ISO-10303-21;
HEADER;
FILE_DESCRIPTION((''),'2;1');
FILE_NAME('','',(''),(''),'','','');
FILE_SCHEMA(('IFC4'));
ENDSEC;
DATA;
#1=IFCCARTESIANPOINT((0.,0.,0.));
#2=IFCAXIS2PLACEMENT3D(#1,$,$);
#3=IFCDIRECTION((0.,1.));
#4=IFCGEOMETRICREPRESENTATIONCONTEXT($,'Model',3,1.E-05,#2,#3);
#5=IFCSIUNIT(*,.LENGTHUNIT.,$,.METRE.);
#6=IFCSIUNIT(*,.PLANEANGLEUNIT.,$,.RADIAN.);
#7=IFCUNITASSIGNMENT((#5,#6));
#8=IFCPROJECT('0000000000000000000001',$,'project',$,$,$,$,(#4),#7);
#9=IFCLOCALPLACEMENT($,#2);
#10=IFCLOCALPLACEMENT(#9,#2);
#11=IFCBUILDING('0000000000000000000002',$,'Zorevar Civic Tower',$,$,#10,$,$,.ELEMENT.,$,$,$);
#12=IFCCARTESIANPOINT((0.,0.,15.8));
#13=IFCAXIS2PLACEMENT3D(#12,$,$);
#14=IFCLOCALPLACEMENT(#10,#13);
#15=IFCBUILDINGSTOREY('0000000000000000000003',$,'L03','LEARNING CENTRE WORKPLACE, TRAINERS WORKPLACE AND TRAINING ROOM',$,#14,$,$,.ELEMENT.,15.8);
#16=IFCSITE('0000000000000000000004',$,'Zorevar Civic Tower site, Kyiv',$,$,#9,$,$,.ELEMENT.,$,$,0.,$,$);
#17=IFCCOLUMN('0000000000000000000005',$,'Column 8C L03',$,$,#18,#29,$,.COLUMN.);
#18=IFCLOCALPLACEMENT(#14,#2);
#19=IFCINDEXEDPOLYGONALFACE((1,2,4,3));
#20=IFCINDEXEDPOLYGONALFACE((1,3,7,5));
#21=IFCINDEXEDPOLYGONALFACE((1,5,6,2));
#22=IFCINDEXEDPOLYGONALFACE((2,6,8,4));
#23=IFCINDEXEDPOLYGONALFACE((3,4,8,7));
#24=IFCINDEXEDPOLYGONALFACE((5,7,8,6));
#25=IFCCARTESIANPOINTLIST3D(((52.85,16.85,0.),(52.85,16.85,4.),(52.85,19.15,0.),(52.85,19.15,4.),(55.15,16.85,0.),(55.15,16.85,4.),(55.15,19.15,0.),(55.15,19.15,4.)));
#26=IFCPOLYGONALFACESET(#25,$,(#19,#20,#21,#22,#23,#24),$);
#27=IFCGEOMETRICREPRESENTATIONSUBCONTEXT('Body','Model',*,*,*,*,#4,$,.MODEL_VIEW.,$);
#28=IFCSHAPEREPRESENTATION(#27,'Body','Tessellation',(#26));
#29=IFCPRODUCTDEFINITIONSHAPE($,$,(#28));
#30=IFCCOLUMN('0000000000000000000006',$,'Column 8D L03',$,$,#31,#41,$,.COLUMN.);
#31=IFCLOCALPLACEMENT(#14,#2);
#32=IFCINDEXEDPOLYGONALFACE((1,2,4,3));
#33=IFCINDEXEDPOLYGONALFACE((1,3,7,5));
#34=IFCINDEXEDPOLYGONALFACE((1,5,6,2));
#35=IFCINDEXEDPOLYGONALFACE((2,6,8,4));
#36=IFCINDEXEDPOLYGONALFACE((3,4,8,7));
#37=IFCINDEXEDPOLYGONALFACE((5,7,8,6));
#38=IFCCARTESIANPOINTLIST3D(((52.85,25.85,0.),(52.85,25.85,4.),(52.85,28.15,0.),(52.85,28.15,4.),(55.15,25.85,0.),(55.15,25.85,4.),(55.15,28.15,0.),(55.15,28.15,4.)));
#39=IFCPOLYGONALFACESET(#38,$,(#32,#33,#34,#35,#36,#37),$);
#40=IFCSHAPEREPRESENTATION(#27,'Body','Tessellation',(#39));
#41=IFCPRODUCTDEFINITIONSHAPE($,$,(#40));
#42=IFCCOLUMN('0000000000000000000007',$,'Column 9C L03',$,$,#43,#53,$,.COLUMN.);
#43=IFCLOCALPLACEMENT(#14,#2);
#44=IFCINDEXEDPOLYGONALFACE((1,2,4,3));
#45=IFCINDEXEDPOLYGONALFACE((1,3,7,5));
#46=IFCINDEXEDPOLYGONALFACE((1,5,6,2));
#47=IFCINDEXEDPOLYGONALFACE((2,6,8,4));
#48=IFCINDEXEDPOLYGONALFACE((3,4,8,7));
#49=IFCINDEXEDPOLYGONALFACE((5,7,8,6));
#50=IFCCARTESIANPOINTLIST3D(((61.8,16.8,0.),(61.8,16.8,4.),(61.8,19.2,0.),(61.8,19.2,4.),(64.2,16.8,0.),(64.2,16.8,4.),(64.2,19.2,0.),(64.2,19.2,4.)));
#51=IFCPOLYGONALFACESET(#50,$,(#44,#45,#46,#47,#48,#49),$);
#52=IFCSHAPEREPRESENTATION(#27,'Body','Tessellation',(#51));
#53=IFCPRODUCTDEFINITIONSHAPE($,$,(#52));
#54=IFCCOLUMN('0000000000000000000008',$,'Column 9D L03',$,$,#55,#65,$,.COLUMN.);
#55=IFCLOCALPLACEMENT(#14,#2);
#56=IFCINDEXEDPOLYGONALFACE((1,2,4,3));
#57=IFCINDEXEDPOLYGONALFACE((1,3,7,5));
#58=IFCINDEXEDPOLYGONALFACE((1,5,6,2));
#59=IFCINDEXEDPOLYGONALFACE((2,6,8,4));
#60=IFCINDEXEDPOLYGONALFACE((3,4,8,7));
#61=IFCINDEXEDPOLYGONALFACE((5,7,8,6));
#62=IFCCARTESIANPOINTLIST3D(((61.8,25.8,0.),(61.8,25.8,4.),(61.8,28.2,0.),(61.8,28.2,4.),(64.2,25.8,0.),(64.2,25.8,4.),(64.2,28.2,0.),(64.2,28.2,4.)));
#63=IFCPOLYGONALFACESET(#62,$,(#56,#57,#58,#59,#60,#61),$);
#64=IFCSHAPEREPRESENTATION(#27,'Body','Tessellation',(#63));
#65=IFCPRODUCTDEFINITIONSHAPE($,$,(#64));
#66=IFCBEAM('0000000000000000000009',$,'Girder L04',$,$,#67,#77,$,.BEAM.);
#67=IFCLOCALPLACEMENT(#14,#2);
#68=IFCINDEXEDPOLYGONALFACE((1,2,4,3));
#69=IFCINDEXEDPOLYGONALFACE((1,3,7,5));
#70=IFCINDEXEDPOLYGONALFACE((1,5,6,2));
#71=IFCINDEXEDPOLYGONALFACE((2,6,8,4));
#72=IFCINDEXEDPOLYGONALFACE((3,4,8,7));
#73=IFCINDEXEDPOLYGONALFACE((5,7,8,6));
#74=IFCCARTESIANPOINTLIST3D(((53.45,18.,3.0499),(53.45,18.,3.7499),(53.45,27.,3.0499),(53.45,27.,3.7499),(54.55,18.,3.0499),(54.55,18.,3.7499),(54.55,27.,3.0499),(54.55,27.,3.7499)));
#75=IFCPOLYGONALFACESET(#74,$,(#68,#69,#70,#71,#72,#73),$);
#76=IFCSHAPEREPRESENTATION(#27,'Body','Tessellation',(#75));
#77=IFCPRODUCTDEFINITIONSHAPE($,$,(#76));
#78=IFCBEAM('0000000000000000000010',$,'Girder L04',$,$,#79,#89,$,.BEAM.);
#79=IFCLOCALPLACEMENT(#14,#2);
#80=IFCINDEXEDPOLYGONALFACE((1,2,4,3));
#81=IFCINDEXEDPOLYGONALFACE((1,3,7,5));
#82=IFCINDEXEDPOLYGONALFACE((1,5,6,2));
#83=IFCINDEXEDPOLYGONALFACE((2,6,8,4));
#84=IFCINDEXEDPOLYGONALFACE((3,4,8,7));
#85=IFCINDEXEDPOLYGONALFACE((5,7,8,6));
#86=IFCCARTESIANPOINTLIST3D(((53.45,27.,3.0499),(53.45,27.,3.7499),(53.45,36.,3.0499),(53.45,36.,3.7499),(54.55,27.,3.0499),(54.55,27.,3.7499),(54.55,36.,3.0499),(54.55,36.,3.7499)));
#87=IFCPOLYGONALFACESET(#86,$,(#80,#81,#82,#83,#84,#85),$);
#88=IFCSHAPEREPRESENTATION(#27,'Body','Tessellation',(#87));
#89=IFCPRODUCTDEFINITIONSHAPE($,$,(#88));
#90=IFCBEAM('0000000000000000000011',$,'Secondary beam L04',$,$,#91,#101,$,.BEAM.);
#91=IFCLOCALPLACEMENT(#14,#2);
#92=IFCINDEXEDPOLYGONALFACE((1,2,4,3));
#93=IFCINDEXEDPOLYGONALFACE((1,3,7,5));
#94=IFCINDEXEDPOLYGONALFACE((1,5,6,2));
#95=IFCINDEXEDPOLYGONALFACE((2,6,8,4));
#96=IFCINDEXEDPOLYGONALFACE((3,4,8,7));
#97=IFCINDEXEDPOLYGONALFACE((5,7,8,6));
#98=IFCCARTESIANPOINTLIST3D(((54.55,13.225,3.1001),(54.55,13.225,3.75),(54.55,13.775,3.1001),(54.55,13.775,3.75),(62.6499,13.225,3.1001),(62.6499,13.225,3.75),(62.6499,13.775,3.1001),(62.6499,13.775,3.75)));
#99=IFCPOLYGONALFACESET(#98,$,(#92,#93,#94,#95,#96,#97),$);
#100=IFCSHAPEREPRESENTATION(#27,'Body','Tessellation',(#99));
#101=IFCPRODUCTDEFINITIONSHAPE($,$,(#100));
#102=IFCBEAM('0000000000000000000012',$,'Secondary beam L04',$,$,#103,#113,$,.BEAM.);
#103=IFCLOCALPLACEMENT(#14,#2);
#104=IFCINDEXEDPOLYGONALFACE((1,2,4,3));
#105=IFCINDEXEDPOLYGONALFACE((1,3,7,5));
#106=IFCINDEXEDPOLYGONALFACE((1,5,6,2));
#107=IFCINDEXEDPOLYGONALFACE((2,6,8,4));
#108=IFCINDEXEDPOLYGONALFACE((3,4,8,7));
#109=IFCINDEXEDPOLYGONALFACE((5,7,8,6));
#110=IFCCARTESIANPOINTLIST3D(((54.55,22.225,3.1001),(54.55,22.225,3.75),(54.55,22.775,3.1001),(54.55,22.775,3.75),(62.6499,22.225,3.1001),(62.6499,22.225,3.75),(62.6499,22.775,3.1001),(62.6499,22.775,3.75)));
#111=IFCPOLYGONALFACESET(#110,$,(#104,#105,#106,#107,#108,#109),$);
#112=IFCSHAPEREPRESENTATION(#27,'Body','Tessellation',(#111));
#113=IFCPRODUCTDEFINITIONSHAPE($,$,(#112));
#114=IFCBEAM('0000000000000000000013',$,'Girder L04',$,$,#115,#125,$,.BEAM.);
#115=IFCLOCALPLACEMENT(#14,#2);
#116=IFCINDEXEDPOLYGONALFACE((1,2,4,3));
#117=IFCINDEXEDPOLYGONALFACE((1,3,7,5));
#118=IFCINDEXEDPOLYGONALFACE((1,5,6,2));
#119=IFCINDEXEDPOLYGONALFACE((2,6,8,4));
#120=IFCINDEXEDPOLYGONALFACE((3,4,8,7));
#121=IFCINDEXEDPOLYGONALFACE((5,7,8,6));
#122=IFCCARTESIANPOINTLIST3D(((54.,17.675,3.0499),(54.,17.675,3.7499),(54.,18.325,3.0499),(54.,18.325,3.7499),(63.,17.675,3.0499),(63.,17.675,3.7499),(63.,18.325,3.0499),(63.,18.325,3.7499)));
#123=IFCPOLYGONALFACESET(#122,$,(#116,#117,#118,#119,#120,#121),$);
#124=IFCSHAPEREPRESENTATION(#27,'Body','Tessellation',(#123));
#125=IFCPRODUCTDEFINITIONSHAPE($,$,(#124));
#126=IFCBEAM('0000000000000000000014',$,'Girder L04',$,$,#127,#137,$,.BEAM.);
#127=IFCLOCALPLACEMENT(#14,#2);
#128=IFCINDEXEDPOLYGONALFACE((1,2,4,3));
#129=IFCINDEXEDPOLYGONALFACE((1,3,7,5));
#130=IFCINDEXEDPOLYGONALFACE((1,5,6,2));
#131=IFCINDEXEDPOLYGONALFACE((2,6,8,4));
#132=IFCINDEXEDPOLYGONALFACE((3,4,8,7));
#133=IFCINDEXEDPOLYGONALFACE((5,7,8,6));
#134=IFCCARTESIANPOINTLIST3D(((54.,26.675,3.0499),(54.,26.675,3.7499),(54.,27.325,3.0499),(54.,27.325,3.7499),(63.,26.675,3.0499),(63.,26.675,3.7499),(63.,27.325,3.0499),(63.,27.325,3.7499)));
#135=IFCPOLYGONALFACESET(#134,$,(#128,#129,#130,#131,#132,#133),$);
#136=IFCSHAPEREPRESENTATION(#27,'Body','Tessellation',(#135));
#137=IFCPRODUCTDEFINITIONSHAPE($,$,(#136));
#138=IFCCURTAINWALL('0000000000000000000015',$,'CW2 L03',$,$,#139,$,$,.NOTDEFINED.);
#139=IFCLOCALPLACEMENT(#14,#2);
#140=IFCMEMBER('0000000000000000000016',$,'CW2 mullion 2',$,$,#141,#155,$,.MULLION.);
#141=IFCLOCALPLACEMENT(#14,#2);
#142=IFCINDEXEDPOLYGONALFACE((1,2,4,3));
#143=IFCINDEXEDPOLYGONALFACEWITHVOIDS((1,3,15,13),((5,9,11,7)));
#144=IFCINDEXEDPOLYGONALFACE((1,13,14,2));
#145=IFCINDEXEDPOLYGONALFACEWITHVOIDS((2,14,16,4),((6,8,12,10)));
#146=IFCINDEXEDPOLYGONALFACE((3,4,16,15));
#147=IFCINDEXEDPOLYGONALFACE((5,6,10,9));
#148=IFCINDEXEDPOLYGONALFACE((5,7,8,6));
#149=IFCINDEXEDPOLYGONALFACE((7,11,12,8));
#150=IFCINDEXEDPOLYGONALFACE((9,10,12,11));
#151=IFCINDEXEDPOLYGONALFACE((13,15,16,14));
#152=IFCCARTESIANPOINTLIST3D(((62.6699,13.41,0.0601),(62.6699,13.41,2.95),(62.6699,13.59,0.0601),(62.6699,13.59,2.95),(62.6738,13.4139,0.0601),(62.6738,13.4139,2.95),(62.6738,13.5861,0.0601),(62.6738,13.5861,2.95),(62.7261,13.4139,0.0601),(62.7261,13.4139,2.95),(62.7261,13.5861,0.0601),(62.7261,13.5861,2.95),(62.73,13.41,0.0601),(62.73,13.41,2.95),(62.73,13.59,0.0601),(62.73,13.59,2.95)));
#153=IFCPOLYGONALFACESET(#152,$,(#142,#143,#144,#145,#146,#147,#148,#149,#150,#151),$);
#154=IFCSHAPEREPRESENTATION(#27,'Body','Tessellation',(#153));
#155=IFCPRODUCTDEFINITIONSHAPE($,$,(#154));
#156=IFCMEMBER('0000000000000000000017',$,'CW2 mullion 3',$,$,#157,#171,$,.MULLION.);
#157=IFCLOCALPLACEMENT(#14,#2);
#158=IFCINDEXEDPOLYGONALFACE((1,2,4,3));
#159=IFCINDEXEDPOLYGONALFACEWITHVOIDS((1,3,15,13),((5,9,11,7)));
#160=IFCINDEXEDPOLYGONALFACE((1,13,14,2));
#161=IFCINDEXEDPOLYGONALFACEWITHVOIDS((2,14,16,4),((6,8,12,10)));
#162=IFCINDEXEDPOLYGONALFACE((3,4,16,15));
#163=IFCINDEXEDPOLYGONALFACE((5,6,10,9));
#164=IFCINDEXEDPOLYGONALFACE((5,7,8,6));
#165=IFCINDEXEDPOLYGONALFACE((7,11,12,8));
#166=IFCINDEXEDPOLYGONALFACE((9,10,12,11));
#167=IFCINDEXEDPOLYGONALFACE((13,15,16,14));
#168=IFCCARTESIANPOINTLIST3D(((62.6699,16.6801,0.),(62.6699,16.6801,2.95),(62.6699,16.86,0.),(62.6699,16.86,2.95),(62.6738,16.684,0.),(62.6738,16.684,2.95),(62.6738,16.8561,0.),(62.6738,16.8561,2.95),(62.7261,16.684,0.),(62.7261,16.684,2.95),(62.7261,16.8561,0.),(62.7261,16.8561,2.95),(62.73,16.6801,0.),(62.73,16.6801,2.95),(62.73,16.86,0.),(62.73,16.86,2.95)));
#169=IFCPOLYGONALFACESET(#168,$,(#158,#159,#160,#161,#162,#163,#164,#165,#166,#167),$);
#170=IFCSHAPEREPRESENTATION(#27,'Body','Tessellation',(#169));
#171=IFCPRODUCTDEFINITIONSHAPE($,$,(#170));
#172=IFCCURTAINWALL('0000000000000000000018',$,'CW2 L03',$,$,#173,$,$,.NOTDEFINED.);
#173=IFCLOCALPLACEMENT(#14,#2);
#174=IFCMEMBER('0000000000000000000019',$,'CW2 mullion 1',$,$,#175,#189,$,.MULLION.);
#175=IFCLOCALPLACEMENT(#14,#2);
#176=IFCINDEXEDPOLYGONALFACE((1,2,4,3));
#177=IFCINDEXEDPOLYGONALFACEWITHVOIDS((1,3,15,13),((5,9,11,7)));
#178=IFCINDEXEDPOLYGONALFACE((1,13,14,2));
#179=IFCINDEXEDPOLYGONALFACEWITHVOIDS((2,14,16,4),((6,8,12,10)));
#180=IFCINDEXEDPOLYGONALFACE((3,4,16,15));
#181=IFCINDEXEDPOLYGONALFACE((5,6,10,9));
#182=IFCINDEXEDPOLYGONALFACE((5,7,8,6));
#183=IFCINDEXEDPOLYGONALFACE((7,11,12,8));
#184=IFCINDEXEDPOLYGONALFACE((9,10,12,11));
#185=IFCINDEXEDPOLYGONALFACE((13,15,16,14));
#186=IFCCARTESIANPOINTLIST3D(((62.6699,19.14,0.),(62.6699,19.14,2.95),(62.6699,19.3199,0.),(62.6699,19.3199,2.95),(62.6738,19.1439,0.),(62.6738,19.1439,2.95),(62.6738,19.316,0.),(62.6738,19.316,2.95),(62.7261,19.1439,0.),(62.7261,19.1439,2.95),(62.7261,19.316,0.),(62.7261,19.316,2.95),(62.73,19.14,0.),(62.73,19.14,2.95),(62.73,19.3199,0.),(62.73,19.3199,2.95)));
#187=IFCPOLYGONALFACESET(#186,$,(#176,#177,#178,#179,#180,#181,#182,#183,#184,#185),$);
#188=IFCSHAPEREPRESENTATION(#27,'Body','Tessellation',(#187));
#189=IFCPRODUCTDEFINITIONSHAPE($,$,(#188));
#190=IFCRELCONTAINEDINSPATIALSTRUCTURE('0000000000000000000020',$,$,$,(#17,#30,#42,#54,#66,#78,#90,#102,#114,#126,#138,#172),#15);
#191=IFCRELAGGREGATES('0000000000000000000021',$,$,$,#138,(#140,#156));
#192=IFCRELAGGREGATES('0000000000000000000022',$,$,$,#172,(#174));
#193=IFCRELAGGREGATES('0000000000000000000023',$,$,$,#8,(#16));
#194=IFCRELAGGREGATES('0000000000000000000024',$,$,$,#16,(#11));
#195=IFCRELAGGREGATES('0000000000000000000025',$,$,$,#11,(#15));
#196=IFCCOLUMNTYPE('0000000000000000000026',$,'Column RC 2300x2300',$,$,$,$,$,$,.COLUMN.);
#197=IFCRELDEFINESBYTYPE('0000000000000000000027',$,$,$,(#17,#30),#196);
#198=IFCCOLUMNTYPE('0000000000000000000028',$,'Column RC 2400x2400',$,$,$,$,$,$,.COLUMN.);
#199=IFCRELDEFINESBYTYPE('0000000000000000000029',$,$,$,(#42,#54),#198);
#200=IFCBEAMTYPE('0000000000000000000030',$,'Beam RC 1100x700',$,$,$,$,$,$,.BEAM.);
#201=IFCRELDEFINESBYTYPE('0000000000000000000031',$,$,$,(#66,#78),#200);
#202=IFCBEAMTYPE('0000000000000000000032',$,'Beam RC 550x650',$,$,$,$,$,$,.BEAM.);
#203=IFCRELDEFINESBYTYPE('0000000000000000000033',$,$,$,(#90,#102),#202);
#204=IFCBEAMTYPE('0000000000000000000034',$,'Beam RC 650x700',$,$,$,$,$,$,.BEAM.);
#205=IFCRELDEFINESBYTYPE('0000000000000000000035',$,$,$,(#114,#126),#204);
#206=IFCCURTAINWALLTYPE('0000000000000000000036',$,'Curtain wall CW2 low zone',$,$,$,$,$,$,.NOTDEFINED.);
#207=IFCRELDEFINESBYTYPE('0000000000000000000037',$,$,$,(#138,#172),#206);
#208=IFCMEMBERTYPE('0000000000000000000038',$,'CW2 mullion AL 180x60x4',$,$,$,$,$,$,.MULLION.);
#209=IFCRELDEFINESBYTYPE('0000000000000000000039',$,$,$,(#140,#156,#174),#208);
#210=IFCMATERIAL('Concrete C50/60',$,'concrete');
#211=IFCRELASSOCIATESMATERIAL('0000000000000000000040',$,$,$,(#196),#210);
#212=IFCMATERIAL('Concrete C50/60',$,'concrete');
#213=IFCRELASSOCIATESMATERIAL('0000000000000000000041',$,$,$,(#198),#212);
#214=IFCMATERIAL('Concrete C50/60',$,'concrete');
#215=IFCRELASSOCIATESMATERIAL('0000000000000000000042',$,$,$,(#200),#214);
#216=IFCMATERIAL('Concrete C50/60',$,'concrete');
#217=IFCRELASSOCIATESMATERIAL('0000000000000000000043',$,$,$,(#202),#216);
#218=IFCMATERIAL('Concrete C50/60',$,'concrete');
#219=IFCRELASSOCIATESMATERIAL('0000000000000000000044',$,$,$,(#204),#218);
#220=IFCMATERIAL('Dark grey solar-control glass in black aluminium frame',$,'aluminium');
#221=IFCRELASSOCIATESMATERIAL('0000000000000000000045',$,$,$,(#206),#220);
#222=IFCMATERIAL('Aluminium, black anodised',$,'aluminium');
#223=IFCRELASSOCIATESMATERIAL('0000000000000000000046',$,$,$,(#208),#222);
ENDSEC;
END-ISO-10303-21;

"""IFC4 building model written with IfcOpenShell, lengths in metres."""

from ifc_helpers import new_model, si_unit, direction, frame, origin, origin_2d, place, context, subcontext, project, spatial, rectangle, hollow_rectangle, extrude, material, material_profile, profile_set, type_object, element, aggregate, save


model = new_model("IFC4")

# Units and contexts
model_context = context("Model", 3, precision=1e-05, world=origin(), true_north=direction((0.0, 1.0)))
body_context = subcontext(model_context, "Body", "Model", "MODEL_VIEW")
ifc_project = project(units=[si_unit("LENGTHUNIT", "METRE"), si_unit("PLANEANGLEUNIT", "RADIAN")], contexts=[model_context])

# Site, building, storey
site_placement = place(None, origin())
site = spatial("IfcSite", under=ifc_project, at=site_placement, Name="Zorevar Civic Tower site, Kyiv", CompositionType="ELEMENT", RefElevation=0.0)
building_placement = place(site_placement, origin())
building = spatial("IfcBuilding", under=site, at=building_placement, Name="Zorevar Civic Tower", CompositionType="ELEMENT")
storey_placement = place(building_placement, frame((0.0, 0.0, 15.8)))
storey = spatial("IfcBuildingStorey", under=building, at=storey_placement, Name="L03", Description="LEARNING CENTRE WORKPLACE, TRAINERS WORKPLACE AND TRAINING ROOM", CompositionType="ELEMENT", Elevation=15.8)

# Columns
ifc_material_1 = material(Name="Concrete C50/60", Category="concrete")
ifc_material_profile_1 = material_profile(ifc_material_1, rectangle(XDim=2.3, YDim=2.3, at=origin_2d()), Name="RC 2300x2300")
ifc_profile_set_1 = profile_set([ifc_material_profile_1], Name="Concrete C50/60")
column_type_1 = type_object("IfcColumnType", Name="Column RC 2300x2300", PredefinedType="COLUMN", material=ifc_profile_set_1)
for number, where, z_axis, x_axis, name in (
    (1, (54.0, 18.0, 0.0), (0.0, 0.0, 1.0), (1.0, 0.0, 0.0), "Column 8C L03"),
    (2, (54.0, 27.0, 0.0), (0.0, 0.0, 1.0), (1.0, 0.0, 0.0), "Column 8D L03"),
):
    element("IfcColumn", number, at=place(storey_placement, frame(where, z_axis=z_axis, x_axis=x_axis)), inside=storey, type_object=column_type_1, Name=name, PredefinedType="COLUMN", context=body_context, shape_type="SweptSolid", body=[
        extrude(rectangle(XDim=2.3, YDim=2.3, at=origin_2d()), origin(), (0.0, 0.0, 1.0), 4.0),
    ])
ifc_material_2 = material(Name="Concrete C50/60", Category="concrete")
ifc_material_profile_2 = material_profile(ifc_material_2, rectangle(XDim=2.3999, YDim=2.3999, at=origin_2d()), Name="RC 2400x2400")
ifc_profile_set_2 = profile_set([ifc_material_profile_2], Name="Concrete C50/60")
column_type_2 = type_object("IfcColumnType", Name="Column RC 2400x2400", PredefinedType="COLUMN", material=ifc_profile_set_2)
for number, where, z_axis, x_axis, name in (
    (3, (63.0, 18.0, 0.0), (0.0, 0.0, 1.0), (1.0, 0.0, 0.0), "Column 9C L03"),
    (4, (63.0, 27.0, 0.0), (0.0, 0.0, 1.0), (1.0, 0.0, 0.0), "Column 9D L03"),
):
    element("IfcColumn", number, at=place(storey_placement, frame(where, z_axis=z_axis, x_axis=x_axis)), inside=storey, type_object=column_type_2, Name=name, PredefinedType="COLUMN", context=body_context, shape_type="SweptSolid", body=[
        extrude(rectangle(XDim=2.3999, YDim=2.3999, at=origin_2d()), origin(), (0.0, 0.0, 1.0), 4.0),
    ])

# Beams
ifc_material_3 = material(Name="Concrete C50/60", Category="concrete")
ifc_material_profile_3 = material_profile(ifc_material_3, rectangle(XDim=1.1001, YDim=0.7, at=origin_2d()), Name="RC 1100x700")
ifc_profile_set_3 = profile_set([ifc_material_profile_3], Name="Concrete C50/60")
beam_type_1 = type_object("IfcBeamType", Name="Beam RC 1100x700", PredefinedType="BEAM", material=ifc_profile_set_3)
for number, where, z_axis, x_axis, name in (
    (5, (54.0, 18.0, 3.3999), (0.0, 1.0, 0.0), (-1.0, 0.0, 0.0), "Girder L04"),
    (6, (54.0, 27.0, 3.3999), (0.0, 1.0, 0.0), (-1.0, 0.0, 0.0), "Girder L04"),
):
    element("IfcBeam", number, at=place(storey_placement, frame(where, z_axis=z_axis, x_axis=x_axis)), inside=storey, type_object=beam_type_1, Name=name, PredefinedType="BEAM", context=body_context, shape_type="SweptSolid", body=[
        extrude(rectangle(XDim=1.1001, YDim=0.7, at=origin_2d()), origin(), (0.0, 0.0, 1.0), 9.0),
    ])
ifc_material_4 = material(Name="Concrete C50/60", Category="concrete")
ifc_material_profile_4 = material_profile(ifc_material_4, rectangle(XDim=0.55, YDim=0.6499, at=origin_2d()), Name="RC 550x650")
ifc_profile_set_4 = profile_set([ifc_material_profile_4], Name="Concrete C50/60")
beam_type_2 = type_object("IfcBeamType", Name="Beam RC 550x650", PredefinedType="BEAM", material=ifc_profile_set_4)
for number, where, z_axis, x_axis, name in (
    (7, (54.55, 13.5, 3.425), (1.0, 0.0, 0.0), (0.0, 1.0, 0.0), "Secondary beam L04"),
    (8, (54.55, 22.5, 3.425), (1.0, 0.0, 0.0), (0.0, 1.0, 0.0), "Secondary beam L04"),
):
    element("IfcBeam", number, at=place(storey_placement, frame(where, z_axis=z_axis, x_axis=x_axis)), inside=storey, type_object=beam_type_2, Name=name, PredefinedType="BEAM", context=body_context, shape_type="SweptSolid", body=[
        extrude(rectangle(XDim=0.55, YDim=0.6499, at=origin_2d()), origin(), (0.0, 0.0, 1.0), 8.0999),
    ])
ifc_material_5 = material(Name="Concrete C50/60", Category="concrete")
ifc_material_profile_5 = material_profile(ifc_material_5, rectangle(XDim=0.6499, YDim=0.7, at=origin_2d()), Name="RC 650x700")
ifc_profile_set_5 = profile_set([ifc_material_profile_5], Name="Concrete C50/60")
beam_type_3 = type_object("IfcBeamType", Name="Beam RC 650x700", PredefinedType="BEAM", material=ifc_profile_set_5)
for number, where, z_axis, x_axis, name in (
    (9, (54.0, 18.0, 3.3999), (1.0, 0.0, 0.0), (0.0, 1.0, 0.0), "Girder L04"),
    (10, (54.0, 27.0, 3.3999), (1.0, 0.0, 0.0), (0.0, 1.0, 0.0), "Girder L04"),
):
    element("IfcBeam", number, at=place(storey_placement, frame(where, z_axis=z_axis, x_axis=x_axis)), inside=storey, type_object=beam_type_3, Name=name, PredefinedType="BEAM", context=body_context, shape_type="SweptSolid", body=[
        extrude(rectangle(XDim=0.6499, YDim=0.7, at=origin_2d()), origin(), (0.0, 0.0, 1.0), 9.0),
    ])

# Curtain walls, members
ifc_material_6 = material(Name="Dark grey solar-control glass in black aluminium frame", Category="aluminium")
curtain_wall_type = type_object("IfcCurtainWallType", Name="Curtain wall CW2 low zone", PredefinedType="NOTDEFINED", material=ifc_material_6)
curtain_wall_1_placement = place(storey_placement, origin())
curtain_wall_1 = element("IfcCurtainWall", 11, at=curtain_wall_1_placement, inside=storey, type_object=curtain_wall_type, Name="CW2 L03", PredefinedType="NOTDEFINED")
ifc_material_7 = material(Name="Aluminium, black anodised", Category="aluminium")
ifc_material_profile_6 = material_profile(ifc_material_7, hollow_rectangle(XDim=0.0601, YDim=0.1799, WallThickness=0.0039, at=origin_2d()), Name="AL 180x60x4")
ifc_profile_set_6 = profile_set([ifc_material_profile_6], Name="Aluminium, black anodised")
member_type_1 = type_object("IfcMemberType", Name="CW2 mullion AL 180x60x4", PredefinedType="MULLION", material=ifc_profile_set_6)
member_1_placement = place(storey_placement, frame((62.7, 13.5, 0.0601), z_axis=(0.0, 0.0, 1.0), x_axis=(-1.0, 0.0, 0.0)))
member_1 = element("IfcMember", 12, at=member_1_placement, type_object=member_type_1, Name="CW2 mullion 2", PredefinedType="MULLION", context=body_context, shape_type="SweptSolid", body=[
    extrude(hollow_rectangle(XDim=0.0601, YDim=0.1799, WallThickness=0.0039, at=origin_2d()), origin(), (0.0, 0.0, 1.0), 2.8899),
])
member_2_placement = place(storey_placement, frame((62.7, 16.77, 0.0), z_axis=(0.0, 0.0, 1.0), x_axis=(-1.0, 0.0, 0.0)))
member_2 = element("IfcMember", 13, at=member_2_placement, type_object=member_type_1, Name="CW2 mullion 3", PredefinedType="MULLION", context=body_context, shape_type="SweptSolid", body=[
    extrude(hollow_rectangle(XDim=0.0601, YDim=0.1799, WallThickness=0.0039, at=origin_2d()), origin(), (0.0, 0.0, 1.0), 2.95),
])
curtain_wall_2_placement = place(storey_placement, origin())
curtain_wall_2 = element("IfcCurtainWall", 14, at=curtain_wall_2_placement, inside=storey, type_object=curtain_wall_type, Name="CW2 L03", PredefinedType="NOTDEFINED")
member_3_placement = place(storey_placement, frame((62.7, 19.23, 0.0), z_axis=(0.0, 0.0, 1.0), x_axis=(-1.0, 0.0, 0.0)))
member_3 = element("IfcMember", 15, at=member_3_placement, type_object=member_type_1, Name="CW2 mullion 1", PredefinedType="MULLION", context=body_context, shape_type="SweptSolid", body=[
    extrude(hollow_rectangle(XDim=0.0601, YDim=0.1799, WallThickness=0.0039, at=origin_2d()), origin(), (0.0, 0.0, 1.0), 2.95),
])

aggregate(curtain_wall_1, [member_1, member_2])
aggregate(curtain_wall_2, [member_3])

save(model, "model.ifc")
